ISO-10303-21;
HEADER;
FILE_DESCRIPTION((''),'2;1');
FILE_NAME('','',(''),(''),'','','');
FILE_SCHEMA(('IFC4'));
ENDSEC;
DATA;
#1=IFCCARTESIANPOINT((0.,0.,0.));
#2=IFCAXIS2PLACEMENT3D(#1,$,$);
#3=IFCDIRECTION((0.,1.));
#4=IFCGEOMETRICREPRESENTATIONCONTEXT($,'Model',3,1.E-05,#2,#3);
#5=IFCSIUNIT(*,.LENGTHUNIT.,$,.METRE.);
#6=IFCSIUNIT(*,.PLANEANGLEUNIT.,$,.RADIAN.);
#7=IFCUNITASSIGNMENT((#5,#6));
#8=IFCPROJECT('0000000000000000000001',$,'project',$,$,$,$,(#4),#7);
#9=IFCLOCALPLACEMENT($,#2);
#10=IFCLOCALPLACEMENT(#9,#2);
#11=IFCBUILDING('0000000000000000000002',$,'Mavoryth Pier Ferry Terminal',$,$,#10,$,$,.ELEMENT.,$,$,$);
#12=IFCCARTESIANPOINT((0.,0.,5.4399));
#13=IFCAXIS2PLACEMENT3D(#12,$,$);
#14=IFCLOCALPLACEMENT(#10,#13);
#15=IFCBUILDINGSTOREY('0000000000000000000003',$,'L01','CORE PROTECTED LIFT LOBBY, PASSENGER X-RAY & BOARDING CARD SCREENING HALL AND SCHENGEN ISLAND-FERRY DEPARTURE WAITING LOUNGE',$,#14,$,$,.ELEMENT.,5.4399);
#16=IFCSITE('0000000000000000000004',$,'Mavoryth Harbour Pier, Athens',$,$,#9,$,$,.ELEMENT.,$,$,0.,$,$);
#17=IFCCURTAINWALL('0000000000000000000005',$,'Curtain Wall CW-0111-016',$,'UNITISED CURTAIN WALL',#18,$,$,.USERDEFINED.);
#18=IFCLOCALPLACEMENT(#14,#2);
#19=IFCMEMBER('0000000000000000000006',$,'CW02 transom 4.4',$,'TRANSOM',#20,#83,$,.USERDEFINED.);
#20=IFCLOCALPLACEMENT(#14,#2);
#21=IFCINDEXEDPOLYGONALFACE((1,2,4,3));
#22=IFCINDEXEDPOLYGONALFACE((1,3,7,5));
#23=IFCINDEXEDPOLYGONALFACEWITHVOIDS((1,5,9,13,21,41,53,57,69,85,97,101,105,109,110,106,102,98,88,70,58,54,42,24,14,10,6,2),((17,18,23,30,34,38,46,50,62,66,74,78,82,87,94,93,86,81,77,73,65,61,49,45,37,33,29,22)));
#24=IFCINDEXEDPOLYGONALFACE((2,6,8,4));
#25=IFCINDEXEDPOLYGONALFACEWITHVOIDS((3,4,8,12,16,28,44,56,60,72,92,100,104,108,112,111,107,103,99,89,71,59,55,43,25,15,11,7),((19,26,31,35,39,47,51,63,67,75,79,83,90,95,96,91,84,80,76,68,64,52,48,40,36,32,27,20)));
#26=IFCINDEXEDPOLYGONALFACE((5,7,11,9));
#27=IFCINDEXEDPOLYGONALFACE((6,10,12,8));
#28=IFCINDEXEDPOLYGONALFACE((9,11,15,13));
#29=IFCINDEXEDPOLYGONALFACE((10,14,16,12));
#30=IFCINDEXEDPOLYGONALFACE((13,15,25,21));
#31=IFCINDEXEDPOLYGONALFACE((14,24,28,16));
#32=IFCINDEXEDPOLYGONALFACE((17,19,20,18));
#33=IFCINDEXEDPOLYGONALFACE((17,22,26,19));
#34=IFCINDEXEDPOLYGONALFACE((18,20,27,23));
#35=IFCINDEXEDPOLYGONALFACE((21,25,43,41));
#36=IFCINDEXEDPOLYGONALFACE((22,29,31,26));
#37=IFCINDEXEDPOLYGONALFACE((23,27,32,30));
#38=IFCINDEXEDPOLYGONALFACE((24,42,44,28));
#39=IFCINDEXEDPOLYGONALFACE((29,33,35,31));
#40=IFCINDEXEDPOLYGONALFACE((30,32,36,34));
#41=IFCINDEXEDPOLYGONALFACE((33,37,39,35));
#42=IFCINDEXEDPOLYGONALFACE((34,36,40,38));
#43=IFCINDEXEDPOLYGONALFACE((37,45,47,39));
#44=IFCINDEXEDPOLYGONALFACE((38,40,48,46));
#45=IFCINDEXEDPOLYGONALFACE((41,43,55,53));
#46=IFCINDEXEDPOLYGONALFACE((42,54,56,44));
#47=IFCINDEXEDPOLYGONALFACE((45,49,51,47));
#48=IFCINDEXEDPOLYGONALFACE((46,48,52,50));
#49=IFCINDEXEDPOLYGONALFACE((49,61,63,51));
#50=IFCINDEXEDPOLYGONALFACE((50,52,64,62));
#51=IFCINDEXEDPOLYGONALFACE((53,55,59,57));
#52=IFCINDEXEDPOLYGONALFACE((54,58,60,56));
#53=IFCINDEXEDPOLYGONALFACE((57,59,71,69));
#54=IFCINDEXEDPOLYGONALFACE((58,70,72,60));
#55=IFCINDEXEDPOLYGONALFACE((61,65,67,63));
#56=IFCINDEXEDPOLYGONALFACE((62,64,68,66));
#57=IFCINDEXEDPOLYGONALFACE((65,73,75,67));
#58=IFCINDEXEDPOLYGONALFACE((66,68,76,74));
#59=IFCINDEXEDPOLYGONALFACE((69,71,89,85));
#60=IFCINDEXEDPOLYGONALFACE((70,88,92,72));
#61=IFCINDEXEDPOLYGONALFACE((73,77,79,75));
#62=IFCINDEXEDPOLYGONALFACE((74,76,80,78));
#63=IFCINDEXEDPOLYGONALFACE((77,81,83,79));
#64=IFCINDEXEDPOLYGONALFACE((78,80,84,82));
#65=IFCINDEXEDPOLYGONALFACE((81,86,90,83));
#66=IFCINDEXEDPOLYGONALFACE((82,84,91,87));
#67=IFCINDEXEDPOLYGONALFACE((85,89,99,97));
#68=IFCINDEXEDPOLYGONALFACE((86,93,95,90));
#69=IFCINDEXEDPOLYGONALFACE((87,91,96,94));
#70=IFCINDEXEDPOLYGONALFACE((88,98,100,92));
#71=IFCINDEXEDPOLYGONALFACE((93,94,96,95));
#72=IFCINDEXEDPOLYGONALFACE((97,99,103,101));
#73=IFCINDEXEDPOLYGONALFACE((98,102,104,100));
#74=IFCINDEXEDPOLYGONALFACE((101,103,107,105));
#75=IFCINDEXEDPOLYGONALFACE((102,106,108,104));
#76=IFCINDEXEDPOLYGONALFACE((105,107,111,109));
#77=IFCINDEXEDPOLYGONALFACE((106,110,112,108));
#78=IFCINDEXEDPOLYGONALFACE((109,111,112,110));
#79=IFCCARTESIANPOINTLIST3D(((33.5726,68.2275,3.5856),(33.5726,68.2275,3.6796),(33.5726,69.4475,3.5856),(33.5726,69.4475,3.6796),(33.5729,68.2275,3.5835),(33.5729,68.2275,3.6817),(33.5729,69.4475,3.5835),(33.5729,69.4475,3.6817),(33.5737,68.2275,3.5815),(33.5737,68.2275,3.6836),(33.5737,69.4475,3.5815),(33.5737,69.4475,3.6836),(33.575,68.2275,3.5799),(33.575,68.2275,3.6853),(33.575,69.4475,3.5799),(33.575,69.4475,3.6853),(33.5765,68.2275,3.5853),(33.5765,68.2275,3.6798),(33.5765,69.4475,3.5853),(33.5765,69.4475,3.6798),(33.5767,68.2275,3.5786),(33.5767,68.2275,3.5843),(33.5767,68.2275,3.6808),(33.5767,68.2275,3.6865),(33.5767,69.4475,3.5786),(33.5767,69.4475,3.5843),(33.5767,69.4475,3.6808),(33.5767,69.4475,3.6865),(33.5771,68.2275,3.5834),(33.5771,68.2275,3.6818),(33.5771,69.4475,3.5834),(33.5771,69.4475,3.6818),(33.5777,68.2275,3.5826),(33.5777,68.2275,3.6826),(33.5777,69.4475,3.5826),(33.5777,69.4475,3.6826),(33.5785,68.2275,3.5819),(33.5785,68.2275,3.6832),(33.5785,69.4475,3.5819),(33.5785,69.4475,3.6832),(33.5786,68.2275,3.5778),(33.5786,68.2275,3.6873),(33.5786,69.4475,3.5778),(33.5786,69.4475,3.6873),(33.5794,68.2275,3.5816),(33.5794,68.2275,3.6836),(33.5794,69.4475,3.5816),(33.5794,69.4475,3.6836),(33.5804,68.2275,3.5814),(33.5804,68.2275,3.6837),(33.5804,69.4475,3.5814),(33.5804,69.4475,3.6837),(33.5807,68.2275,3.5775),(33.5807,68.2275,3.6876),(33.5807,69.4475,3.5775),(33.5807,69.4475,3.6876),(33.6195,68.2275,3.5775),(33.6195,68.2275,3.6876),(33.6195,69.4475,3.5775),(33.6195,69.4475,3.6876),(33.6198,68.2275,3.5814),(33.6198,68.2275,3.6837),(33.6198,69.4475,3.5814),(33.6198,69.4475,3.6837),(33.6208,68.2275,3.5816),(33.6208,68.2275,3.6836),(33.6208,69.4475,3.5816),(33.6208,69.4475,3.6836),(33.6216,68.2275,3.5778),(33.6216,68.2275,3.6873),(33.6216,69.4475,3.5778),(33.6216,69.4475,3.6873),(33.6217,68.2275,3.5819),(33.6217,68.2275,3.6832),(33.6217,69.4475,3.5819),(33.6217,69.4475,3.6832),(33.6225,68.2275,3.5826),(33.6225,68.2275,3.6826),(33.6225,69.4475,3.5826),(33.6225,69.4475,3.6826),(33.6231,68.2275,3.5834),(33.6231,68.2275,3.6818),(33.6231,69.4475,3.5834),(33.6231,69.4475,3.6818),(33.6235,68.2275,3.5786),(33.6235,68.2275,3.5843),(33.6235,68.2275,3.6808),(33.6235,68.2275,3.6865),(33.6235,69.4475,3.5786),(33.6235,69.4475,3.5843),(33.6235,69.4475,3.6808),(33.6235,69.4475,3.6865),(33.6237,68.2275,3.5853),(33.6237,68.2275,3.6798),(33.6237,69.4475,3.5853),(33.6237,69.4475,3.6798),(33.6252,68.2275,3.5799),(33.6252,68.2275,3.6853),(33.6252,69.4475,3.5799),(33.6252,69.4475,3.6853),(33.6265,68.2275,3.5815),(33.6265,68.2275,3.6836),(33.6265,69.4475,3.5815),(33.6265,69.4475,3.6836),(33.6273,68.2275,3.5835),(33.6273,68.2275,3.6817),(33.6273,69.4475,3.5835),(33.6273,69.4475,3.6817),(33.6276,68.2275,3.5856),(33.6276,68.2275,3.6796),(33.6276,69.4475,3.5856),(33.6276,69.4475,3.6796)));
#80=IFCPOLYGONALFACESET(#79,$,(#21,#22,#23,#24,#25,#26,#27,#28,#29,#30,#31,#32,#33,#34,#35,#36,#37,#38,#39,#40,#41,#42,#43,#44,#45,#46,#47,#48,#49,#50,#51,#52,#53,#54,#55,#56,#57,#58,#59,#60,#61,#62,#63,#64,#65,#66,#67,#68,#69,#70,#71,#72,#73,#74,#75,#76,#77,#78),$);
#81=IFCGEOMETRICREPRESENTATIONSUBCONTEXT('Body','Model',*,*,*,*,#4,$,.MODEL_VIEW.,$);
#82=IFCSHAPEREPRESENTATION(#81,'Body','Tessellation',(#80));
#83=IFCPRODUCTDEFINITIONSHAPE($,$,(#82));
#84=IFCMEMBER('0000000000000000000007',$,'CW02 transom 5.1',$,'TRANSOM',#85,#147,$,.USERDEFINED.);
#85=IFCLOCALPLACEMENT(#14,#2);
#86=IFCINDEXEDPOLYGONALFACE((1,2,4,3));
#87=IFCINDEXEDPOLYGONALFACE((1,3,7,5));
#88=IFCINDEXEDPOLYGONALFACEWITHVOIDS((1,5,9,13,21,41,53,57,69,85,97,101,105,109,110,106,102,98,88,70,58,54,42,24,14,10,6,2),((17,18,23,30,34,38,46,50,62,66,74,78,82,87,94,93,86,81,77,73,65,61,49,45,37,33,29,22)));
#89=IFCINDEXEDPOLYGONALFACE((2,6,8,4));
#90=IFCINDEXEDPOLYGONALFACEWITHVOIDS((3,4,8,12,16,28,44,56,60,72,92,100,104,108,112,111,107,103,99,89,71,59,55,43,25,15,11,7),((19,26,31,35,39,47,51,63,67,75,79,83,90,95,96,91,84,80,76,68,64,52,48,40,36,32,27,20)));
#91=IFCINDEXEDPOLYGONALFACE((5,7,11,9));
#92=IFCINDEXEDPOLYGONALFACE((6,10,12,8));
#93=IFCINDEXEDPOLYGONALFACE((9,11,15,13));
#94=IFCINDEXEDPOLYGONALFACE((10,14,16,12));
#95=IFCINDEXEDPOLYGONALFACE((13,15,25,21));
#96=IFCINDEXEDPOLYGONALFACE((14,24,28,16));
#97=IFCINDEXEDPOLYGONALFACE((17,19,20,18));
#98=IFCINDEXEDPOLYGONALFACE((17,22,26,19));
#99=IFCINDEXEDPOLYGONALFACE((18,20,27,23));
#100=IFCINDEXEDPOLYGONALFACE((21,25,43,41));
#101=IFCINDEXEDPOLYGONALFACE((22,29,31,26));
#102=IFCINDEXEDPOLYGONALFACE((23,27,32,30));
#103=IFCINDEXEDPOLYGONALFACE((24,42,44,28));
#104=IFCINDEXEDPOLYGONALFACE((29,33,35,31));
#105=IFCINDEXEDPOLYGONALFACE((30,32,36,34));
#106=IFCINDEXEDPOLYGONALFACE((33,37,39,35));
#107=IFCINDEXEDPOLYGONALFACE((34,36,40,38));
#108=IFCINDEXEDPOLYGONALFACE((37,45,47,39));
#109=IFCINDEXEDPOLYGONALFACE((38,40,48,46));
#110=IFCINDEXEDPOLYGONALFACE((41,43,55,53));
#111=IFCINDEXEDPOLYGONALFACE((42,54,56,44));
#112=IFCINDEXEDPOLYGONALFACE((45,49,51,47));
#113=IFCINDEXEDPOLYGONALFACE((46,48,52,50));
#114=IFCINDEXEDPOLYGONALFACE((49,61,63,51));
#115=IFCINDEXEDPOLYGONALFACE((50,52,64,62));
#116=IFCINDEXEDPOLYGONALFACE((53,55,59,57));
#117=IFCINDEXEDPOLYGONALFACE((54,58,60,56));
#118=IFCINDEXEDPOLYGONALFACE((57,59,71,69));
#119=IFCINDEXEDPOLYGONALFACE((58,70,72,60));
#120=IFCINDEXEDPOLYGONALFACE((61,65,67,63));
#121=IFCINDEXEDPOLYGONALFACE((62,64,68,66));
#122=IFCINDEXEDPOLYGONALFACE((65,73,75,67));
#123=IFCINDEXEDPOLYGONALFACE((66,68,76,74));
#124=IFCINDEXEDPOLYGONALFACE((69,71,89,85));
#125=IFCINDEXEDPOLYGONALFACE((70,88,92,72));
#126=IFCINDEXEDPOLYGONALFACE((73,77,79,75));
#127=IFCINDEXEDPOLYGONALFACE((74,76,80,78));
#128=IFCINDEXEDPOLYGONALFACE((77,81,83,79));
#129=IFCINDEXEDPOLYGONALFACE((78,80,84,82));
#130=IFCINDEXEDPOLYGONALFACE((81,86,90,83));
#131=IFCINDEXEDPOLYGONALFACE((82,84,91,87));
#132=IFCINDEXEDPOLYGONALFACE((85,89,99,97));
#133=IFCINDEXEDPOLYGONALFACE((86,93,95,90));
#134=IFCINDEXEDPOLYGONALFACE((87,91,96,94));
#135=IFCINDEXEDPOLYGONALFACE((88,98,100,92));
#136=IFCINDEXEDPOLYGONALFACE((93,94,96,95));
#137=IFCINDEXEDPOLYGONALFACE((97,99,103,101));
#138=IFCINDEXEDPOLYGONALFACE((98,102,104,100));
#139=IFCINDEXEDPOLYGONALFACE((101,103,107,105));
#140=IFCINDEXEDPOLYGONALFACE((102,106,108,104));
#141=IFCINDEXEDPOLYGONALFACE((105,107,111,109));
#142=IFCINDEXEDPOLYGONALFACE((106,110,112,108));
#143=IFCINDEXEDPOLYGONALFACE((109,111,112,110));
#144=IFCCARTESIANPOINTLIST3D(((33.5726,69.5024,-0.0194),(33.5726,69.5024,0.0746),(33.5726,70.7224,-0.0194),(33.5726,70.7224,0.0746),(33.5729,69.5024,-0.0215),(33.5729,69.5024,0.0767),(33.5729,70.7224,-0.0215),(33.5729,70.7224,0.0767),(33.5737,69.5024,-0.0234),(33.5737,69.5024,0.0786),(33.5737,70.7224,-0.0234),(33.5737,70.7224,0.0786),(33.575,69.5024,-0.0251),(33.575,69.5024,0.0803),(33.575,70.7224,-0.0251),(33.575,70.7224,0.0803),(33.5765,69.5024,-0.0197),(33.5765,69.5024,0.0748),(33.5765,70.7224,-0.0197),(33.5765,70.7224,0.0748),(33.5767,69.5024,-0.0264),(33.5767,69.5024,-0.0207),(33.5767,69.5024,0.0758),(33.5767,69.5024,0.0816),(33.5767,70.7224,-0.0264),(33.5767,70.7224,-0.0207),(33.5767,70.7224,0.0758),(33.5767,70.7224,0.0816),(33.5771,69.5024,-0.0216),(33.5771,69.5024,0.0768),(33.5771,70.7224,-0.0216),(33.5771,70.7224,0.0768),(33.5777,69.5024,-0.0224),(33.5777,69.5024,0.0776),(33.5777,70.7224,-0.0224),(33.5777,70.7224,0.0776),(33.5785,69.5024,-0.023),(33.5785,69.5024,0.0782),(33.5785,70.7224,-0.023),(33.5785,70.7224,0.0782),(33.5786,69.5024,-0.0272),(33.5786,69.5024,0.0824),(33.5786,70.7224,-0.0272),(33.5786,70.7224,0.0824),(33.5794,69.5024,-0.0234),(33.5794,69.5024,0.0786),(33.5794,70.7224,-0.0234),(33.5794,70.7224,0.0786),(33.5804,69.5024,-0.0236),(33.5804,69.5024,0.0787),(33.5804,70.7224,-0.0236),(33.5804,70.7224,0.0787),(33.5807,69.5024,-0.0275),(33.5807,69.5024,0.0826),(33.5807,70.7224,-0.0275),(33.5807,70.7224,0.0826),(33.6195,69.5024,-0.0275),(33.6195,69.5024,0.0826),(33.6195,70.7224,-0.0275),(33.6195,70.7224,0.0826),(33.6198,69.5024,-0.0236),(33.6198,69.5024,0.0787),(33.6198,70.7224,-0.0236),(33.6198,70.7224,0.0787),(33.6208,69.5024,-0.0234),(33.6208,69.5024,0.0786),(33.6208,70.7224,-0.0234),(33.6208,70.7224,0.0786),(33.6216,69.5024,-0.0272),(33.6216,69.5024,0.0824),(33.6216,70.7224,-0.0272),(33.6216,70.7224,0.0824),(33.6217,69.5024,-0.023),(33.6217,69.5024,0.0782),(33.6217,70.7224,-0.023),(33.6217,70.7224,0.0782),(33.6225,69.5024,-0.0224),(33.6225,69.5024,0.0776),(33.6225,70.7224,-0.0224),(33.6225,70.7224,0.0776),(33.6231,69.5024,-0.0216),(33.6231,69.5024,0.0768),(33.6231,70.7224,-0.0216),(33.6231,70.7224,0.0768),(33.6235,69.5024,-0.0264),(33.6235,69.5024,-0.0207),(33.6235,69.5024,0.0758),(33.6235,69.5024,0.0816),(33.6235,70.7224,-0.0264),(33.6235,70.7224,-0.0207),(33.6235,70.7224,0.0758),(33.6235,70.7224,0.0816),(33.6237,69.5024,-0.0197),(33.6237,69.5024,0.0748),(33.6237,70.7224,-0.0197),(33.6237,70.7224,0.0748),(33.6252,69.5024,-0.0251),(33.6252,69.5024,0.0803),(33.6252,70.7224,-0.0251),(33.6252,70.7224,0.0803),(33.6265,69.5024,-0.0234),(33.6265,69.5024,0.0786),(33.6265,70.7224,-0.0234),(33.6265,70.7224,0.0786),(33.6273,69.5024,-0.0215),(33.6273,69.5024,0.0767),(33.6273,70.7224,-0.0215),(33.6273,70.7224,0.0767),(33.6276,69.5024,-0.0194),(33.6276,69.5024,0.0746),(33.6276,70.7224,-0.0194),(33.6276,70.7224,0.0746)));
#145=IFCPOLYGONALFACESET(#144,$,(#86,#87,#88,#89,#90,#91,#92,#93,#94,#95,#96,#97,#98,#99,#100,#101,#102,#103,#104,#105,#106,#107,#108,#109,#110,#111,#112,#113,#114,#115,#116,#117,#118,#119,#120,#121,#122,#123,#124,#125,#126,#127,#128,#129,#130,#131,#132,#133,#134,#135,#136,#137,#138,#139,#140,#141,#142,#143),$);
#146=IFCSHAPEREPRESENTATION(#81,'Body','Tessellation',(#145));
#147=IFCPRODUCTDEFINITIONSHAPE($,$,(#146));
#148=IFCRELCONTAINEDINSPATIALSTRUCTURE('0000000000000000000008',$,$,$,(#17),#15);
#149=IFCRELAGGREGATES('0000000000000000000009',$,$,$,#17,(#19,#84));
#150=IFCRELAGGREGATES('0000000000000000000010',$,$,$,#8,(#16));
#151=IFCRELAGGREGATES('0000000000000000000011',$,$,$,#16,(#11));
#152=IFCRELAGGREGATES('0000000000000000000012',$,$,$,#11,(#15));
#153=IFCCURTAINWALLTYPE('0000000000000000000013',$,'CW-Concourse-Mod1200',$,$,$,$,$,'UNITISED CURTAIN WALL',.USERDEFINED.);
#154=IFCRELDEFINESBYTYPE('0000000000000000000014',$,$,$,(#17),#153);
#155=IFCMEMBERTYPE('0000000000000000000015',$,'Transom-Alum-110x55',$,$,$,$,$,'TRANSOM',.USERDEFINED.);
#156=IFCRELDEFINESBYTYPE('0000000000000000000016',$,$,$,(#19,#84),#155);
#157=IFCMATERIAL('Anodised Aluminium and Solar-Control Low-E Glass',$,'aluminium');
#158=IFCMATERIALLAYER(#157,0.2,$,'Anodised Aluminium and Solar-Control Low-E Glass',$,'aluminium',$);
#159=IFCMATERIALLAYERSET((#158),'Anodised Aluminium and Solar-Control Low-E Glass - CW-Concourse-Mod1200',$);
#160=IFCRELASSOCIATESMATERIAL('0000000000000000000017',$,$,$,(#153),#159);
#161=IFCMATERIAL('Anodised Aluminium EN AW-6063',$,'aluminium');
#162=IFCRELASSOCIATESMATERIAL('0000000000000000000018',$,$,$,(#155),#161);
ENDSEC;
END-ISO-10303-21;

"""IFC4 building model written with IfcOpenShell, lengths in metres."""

from ifc_helpers import new_model, si_unit, direction, frame, origin, origin_2d, place, context, subcontext, project, spatial, hollow_rectangle, extrude, material, layer, layer_set, material_profile, profile_set, type_object, element, aggregate, save


model = new_model("IFC4")

# Units and contexts
model_context = context("Model", 3, precision=1e-05, world=origin(), true_north=direction((0.0, 1.0)))
body_context = subcontext(model_context, "Body", "Model", "MODEL_VIEW")
ifc_project = project(units=[si_unit("LENGTHUNIT", "METRE"), si_unit("PLANEANGLEUNIT", "RADIAN")], contexts=[model_context])

# Site, building, storey
site_placement = place(None, origin())
site = spatial("IfcSite", under=ifc_project, at=site_placement, Name="Mavoryth Harbour Pier, Athens", CompositionType="ELEMENT", RefElevation=0.0)
building_placement = place(site_placement, origin())
building = spatial("IfcBuilding", under=site, at=building_placement, Name="Mavoryth Pier Ferry Terminal", CompositionType="ELEMENT")
storey_placement = place(building_placement, frame((0.0, 0.0, 5.4399)))
storey = spatial("IfcBuildingStorey", under=building, at=storey_placement, Name="L01", Description="CORE PROTECTED LIFT LOBBY, PASSENGER X-RAY & BOARDING CARD SCREENING HALL AND SCHENGEN ISLAND-FERRY DEPARTURE WAITING LOUNGE", CompositionType="ELEMENT", Elevation=5.4399)

# Curtain wall
ifc_material_1 = material(Name="Anodised Aluminium and Solar-Control Low-E Glass", Category="aluminium")
ifc_layer_1 = layer(ifc_material_1, 0.2, Name="Anodised Aluminium and Solar-Control Low-E Glass", Category="aluminium")
ifc_layer_set_1 = layer_set([ifc_layer_1], Name="Anodised Aluminium and Solar-Control Low-E Glass - CW-Concourse-Mod1200")
curtain_wall_type = type_object("IfcCurtainWallType", Name="CW-Concourse-Mod1200", ElementType="UNITISED CURTAIN WALL", PredefinedType="USERDEFINED", material=ifc_layer_set_1)
curtain_wall_1_placement = place(storey_placement, origin())
curtain_wall_1 = element("IfcCurtainWall", 1, at=curtain_wall_1_placement, inside=storey, type_object=curtain_wall_type, Name="Curtain Wall CW-0111-016", ObjectType="UNITISED CURTAIN WALL", PredefinedType="USERDEFINED")
ifc_material_2 = material(Name="Anodised Aluminium EN AW-6063", Category="aluminium")

# Members
ifc_material_profile_1 = material_profile(ifc_material_2, hollow_rectangle(XDim=0.0549, YDim=0.1101, WallThickness=0.0039, InnerFilletRadius=0.0039, OuterFilletRadius=0.0081, at=origin_2d()), Name="AL-TRAN 110x55x4", Category="aluminium")
ifc_profile_set_1 = profile_set([ifc_material_profile_1], Name="Anodised Aluminium EN AW-6063 - AL-TRAN 110x55x4")
member_type_1 = type_object("IfcMemberType", Name="Transom-Alum-110x55", ElementType="TRANSOM", PredefinedType="USERDEFINED", material=ifc_profile_set_1)
member_1_placement = place(storey_placement, frame((33.6001, 68.2275, 3.6326), z_axis=(0.0, 1.0, 0.0), x_axis=(-1.0, 0.0, 0.0)))
member_1 = element("IfcMember", 2, at=member_1_placement, type_object=member_type_1, Name="CW02 transom 4.4", ObjectType="TRANSOM", PredefinedType="USERDEFINED", context=body_context, shape_type="SweptSolid", body=[
    extrude(hollow_rectangle(XDim=0.0549, YDim=0.1101, WallThickness=0.0039, InnerFilletRadius=0.0039, OuterFilletRadius=0.0081, at=origin_2d()), origin(), (0.0, 0.0, 1.0), 1.22),
])
member_2_placement = place(storey_placement, frame((33.6001, 69.5024, 0.0276), z_axis=(0.0, 1.0, 0.0), x_axis=(-1.0, 0.0, 0.0)))
member_2 = element("IfcMember", 3, at=member_2_placement, type_object=member_type_1, Name="CW02 transom 5.1", ObjectType="TRANSOM", PredefinedType="USERDEFINED", context=body_context, shape_type="SweptSolid", body=[
    extrude(hollow_rectangle(XDim=0.0549, YDim=0.1101, WallThickness=0.0039, InnerFilletRadius=0.0039, OuterFilletRadius=0.0081, at=origin_2d()), origin(), (0.0, 0.0, 1.0), 1.22),
])

aggregate(curtain_wall_1, [member_1, member_2])

save(model, "model.ifc")
